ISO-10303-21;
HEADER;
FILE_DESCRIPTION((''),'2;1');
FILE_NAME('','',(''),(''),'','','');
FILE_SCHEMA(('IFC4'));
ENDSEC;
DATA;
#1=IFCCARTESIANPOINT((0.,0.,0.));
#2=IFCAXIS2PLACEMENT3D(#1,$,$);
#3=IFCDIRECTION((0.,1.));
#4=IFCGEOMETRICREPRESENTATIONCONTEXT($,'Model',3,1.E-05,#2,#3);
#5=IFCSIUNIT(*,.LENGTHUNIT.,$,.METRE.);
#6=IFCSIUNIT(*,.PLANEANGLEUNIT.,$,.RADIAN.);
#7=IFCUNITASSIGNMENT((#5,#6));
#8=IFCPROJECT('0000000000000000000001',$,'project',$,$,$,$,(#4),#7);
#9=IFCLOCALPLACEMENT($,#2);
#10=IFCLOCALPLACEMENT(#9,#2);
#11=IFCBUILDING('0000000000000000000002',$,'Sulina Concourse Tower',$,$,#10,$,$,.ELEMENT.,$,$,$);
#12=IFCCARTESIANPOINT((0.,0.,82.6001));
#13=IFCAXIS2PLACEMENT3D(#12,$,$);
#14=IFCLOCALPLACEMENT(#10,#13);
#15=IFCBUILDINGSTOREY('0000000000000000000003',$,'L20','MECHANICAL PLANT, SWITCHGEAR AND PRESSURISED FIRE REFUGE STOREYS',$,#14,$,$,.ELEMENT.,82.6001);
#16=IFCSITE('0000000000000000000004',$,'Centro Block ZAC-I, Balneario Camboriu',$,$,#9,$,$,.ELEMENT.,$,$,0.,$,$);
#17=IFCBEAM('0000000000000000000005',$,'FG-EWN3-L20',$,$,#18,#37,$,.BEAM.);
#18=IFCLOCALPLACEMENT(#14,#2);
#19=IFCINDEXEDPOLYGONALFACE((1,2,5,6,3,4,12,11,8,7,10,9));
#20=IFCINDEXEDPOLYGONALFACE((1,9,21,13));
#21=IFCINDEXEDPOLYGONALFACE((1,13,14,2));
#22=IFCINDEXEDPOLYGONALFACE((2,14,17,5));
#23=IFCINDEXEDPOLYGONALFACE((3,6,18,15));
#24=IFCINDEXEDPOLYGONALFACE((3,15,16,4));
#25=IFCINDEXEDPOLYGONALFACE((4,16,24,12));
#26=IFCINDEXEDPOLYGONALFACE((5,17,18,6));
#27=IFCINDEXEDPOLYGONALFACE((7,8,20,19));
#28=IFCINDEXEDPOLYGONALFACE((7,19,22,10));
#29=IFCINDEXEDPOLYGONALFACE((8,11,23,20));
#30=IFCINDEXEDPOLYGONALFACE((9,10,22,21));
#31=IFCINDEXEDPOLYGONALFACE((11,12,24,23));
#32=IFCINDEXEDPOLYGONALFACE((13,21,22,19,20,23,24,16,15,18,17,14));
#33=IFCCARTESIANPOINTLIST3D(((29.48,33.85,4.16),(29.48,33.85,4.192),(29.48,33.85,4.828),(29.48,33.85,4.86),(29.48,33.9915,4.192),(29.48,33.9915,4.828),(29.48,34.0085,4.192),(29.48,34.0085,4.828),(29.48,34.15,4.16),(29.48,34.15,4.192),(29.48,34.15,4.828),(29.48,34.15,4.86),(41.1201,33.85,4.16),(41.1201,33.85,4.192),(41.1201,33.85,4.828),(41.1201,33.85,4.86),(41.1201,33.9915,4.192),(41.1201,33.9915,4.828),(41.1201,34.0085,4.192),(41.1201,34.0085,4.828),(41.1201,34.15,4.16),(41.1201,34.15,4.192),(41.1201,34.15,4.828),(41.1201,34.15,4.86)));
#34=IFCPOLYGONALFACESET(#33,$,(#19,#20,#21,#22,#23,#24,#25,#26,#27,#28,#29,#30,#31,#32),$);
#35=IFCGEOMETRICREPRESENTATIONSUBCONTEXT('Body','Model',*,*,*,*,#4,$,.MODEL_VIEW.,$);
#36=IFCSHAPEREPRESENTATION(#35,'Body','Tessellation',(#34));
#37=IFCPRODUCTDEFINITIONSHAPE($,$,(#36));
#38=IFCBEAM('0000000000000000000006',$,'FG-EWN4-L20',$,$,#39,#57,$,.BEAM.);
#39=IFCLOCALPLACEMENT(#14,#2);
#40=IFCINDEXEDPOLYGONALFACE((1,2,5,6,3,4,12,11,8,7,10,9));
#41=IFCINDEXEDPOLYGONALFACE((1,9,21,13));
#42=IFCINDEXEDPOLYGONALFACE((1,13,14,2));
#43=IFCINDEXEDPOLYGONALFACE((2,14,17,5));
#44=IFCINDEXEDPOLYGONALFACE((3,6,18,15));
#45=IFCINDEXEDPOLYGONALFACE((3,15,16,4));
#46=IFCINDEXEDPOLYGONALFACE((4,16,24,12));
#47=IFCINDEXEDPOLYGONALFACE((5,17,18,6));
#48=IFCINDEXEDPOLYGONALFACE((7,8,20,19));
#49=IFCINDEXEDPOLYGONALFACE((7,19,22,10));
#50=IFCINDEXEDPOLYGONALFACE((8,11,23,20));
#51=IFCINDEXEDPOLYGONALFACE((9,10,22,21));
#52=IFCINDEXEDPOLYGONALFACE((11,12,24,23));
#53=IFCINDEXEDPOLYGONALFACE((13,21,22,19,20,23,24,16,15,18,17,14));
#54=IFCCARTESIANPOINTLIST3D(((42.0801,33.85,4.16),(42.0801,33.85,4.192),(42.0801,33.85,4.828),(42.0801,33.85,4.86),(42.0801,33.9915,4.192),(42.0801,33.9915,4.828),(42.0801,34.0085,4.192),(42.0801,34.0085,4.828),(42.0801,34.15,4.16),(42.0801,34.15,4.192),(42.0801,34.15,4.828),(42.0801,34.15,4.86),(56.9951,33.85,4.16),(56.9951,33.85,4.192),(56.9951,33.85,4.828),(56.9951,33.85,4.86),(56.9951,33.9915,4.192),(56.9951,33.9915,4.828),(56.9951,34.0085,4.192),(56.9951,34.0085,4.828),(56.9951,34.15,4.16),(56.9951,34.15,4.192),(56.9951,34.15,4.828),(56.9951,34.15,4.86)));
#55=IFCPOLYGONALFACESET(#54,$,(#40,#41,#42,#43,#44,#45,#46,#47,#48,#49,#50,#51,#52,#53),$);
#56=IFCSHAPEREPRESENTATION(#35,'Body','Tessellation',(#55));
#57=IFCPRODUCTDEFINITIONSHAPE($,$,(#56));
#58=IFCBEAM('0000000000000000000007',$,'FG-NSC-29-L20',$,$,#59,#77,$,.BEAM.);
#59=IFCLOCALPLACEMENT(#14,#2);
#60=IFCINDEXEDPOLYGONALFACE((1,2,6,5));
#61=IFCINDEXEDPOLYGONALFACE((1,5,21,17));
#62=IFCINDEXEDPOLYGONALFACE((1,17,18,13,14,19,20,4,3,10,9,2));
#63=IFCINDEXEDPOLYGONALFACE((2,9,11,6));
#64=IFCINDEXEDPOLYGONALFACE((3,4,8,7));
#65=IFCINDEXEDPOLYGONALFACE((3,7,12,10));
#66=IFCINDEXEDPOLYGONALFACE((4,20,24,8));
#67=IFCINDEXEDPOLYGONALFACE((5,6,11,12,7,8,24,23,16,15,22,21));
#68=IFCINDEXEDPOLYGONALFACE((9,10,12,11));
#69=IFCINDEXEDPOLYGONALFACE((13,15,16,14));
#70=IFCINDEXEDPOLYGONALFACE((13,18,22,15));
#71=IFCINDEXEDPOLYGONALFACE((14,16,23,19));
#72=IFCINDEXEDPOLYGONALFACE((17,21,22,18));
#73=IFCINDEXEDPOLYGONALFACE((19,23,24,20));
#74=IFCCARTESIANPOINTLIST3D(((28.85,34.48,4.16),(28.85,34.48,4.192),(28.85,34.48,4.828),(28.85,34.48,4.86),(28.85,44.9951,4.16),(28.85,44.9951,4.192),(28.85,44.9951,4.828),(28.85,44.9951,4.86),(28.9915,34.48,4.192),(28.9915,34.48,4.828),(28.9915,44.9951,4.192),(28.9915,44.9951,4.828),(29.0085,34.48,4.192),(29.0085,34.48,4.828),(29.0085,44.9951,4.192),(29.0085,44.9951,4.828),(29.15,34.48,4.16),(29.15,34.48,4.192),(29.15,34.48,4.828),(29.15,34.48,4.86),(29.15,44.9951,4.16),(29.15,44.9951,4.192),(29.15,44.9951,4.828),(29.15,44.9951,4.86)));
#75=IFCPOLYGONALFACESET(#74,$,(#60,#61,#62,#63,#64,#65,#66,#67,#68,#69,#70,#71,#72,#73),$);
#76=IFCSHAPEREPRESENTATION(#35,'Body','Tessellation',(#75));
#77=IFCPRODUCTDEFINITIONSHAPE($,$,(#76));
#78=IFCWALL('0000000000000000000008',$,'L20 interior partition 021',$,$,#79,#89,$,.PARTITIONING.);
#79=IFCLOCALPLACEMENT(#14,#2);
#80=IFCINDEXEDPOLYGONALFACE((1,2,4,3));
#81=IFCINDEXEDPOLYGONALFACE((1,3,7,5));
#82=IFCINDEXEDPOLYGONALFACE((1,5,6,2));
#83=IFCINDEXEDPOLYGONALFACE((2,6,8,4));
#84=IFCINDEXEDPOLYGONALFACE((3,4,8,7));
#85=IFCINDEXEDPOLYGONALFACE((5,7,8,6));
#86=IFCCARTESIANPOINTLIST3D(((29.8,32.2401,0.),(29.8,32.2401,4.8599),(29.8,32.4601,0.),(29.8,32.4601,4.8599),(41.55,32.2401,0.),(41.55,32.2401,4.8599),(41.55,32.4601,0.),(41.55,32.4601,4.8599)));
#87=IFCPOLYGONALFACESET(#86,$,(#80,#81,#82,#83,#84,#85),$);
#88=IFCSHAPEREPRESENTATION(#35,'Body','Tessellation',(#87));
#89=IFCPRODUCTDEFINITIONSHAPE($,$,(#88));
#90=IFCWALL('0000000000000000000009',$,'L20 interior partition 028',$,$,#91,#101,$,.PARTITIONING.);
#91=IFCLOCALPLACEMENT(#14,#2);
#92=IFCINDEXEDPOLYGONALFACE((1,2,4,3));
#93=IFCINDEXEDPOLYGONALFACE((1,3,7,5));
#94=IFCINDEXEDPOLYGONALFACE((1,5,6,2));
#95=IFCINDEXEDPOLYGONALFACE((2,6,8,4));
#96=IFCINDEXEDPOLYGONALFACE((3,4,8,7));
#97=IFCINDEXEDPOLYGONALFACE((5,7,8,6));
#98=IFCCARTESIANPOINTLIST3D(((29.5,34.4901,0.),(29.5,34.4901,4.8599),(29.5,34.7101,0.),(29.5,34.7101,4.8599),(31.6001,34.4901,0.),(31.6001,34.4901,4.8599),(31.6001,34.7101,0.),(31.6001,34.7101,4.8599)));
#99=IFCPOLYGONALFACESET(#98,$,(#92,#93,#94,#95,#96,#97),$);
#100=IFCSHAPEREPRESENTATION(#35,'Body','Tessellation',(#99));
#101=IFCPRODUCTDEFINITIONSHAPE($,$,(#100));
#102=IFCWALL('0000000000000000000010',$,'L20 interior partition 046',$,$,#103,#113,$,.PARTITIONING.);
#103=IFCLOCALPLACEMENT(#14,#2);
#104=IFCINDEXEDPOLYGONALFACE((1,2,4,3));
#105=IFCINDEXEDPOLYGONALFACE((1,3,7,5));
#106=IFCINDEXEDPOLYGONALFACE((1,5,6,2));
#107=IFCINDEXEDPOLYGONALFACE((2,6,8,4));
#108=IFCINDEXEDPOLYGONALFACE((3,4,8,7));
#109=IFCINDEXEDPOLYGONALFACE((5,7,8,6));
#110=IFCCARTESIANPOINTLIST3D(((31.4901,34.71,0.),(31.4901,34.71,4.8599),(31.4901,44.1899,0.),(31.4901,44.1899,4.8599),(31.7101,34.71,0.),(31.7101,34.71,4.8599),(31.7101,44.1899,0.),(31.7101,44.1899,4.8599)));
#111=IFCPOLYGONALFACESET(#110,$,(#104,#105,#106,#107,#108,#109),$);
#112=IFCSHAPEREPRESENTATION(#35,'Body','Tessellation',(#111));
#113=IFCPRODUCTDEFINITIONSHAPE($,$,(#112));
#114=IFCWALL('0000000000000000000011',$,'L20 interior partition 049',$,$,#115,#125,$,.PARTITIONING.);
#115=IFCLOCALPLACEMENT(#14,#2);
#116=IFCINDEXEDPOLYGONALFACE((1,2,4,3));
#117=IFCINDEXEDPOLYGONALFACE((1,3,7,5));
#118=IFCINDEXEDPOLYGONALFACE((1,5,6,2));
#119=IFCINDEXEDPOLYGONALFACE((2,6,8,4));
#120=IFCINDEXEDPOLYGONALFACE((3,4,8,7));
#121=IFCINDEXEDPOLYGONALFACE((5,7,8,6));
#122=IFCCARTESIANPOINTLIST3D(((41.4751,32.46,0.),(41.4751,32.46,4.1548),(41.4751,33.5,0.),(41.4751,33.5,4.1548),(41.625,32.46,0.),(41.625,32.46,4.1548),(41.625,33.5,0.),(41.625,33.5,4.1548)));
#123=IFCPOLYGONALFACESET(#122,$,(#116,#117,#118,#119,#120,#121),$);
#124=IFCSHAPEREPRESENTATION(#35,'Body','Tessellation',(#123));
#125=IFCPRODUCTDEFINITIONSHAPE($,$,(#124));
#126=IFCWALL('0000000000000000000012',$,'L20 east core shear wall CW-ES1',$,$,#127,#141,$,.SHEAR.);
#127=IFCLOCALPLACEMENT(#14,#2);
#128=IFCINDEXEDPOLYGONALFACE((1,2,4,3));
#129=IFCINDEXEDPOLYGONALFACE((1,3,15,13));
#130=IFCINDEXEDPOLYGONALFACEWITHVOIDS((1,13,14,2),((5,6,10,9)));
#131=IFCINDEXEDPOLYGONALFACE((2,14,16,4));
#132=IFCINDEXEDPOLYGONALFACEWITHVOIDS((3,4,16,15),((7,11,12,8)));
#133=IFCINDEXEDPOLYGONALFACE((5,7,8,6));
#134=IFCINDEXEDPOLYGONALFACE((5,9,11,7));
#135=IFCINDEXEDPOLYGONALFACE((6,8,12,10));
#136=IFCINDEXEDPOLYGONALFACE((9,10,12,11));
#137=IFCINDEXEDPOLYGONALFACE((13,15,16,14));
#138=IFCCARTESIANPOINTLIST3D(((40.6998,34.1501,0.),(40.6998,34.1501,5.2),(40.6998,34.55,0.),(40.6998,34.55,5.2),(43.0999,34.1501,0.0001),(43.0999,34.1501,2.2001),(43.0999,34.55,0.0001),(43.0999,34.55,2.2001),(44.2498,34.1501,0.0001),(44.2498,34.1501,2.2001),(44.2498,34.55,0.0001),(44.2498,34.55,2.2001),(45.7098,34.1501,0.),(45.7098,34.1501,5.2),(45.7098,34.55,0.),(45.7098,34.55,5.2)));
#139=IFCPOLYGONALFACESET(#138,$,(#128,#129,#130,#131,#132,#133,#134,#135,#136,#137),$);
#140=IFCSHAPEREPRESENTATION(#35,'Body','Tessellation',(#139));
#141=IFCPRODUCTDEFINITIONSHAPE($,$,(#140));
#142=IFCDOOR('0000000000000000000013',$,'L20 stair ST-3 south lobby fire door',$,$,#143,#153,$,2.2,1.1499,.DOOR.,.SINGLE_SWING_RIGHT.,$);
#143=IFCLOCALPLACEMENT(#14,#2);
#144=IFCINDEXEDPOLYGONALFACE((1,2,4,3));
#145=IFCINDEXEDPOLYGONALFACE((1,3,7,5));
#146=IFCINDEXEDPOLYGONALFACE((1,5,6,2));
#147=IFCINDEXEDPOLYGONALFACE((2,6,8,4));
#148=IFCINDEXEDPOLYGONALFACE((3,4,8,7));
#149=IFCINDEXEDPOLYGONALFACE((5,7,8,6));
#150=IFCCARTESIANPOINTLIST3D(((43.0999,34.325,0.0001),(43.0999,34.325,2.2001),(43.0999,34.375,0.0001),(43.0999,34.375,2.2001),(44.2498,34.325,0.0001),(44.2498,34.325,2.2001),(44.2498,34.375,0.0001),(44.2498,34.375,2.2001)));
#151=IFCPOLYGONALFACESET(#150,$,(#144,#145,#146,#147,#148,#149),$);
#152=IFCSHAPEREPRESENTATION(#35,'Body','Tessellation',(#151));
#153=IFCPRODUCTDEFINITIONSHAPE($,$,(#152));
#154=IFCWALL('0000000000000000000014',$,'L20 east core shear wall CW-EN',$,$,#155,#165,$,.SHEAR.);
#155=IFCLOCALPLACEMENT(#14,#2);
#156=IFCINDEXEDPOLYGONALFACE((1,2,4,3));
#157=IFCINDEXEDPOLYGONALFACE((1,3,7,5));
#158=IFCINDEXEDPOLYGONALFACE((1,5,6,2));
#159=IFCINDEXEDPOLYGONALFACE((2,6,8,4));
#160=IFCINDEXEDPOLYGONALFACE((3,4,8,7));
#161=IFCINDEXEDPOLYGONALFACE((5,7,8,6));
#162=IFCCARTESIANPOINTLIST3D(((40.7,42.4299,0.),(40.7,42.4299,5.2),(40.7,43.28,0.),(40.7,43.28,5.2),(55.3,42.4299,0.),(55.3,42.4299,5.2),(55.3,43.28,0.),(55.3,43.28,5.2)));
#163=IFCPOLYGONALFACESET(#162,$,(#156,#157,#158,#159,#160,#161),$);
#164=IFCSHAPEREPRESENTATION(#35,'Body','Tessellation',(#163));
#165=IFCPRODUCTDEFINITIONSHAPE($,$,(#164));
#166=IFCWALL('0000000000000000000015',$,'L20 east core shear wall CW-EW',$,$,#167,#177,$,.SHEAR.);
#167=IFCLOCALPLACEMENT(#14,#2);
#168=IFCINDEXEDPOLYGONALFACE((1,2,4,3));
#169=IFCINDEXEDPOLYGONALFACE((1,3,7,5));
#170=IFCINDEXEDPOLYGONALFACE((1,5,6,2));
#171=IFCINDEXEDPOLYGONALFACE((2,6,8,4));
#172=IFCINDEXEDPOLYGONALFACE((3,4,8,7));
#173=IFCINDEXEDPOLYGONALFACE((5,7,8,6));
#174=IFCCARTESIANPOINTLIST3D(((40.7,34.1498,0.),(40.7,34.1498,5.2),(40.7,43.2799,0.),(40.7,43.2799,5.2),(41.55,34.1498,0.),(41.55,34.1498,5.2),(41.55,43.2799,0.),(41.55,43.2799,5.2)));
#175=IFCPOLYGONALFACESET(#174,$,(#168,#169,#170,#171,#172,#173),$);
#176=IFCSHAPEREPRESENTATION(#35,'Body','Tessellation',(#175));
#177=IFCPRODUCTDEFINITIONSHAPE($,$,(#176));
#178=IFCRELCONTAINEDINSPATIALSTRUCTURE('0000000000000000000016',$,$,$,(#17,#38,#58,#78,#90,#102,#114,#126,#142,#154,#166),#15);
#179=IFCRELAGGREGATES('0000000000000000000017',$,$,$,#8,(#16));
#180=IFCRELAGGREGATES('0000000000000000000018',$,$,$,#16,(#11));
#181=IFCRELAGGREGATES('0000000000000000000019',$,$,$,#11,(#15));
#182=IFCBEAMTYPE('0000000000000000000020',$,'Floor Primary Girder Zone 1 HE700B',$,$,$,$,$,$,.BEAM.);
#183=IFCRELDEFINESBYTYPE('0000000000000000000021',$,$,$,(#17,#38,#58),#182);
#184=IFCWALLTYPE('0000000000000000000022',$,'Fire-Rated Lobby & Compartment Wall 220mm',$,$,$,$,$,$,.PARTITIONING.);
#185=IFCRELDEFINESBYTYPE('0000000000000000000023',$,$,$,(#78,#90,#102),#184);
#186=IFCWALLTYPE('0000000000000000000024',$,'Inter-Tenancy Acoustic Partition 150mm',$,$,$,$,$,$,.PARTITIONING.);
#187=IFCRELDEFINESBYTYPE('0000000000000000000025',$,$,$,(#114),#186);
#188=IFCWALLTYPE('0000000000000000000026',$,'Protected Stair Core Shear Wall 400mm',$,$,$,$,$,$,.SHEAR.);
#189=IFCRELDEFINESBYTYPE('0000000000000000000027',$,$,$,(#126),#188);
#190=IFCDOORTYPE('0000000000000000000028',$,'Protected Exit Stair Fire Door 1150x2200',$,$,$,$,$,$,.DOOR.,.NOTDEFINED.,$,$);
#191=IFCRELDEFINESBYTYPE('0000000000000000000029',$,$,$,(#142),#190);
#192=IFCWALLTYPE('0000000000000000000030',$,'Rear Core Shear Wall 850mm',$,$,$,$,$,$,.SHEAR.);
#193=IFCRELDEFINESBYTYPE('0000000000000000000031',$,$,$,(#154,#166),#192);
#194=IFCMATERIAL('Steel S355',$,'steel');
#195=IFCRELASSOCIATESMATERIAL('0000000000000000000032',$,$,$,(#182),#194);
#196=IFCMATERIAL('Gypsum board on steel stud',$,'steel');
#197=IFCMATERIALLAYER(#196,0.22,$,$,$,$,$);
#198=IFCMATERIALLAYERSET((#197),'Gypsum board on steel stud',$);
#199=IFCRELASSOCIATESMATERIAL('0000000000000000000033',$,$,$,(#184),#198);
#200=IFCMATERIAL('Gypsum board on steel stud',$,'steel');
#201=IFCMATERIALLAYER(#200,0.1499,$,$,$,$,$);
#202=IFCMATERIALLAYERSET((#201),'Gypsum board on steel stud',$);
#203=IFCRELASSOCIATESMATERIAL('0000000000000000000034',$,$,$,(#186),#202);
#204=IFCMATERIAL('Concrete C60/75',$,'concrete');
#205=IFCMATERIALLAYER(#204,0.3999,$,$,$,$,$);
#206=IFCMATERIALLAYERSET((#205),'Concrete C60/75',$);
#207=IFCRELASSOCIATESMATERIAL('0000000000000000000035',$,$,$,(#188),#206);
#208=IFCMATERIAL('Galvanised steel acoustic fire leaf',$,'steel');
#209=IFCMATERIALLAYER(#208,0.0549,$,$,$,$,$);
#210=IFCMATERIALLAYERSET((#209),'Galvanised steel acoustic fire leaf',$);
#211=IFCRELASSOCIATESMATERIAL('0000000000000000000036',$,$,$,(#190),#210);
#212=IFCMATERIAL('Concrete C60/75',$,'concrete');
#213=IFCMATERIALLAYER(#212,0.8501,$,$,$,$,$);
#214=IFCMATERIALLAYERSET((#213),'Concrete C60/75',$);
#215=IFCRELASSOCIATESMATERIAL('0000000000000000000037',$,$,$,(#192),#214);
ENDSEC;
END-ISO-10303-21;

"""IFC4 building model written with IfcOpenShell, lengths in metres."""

from ifc_helpers import new_model, si_unit, direction, frame, frame_2d, origin, origin_2d, place, context, subcontext, project, spatial, rectangle, i_section, extrude, material, layer, layer_set, material_profile, profile_set, type_object, element, fill, save


model = new_model("IFC4")

# Units and contexts
model_context = context("Model", 3, precision=1e-05, world=origin(), true_north=direction((0.0, 1.0)))
body_context = subcontext(model_context, "Body", "Model", "MODEL_VIEW")
ifc_project = project(units=[si_unit("LENGTHUNIT", "METRE"), si_unit("PLANEANGLEUNIT", "RADIAN")], contexts=[model_context])

# Site, building, storey
site_placement = place(None, origin())
site = spatial("IfcSite", under=ifc_project, at=site_placement, Name="Centro Block ZAC-I, Balneario Camboriu", CompositionType="ELEMENT", RefElevation=0.0)
building_placement = place(site_placement, origin())
building = spatial("IfcBuilding", under=site, at=building_placement, Name="Sulina Concourse Tower", CompositionType="ELEMENT")
storey_placement = place(building_placement, frame((0.0, 0.0, 82.6001)))
storey = spatial("IfcBuildingStorey", under=building, at=storey_placement, Name="L20", Description="MECHANICAL PLANT, SWITCHGEAR AND PRESSURISED FIRE REFUGE STOREYS", CompositionType="ELEMENT", Elevation=82.6001)

# Beams
ifc_material_1 = material(Name="Steel S355", Category="steel")
ifc_material_profile_1 = material_profile(ifc_material_1, i_section(OverallWidth=0.3, OverallDepth=0.7, WebThickness=0.0171, FlangeThickness=0.032, at=origin_2d()), Name="HE 700 B")
ifc_profile_set_1 = profile_set([ifc_material_profile_1], Name="Steel S355")
beam_type_1 = type_object("IfcBeamType", Name="Floor Primary Girder Zone 1 HE700B", PredefinedType="BEAM", material=ifc_profile_set_1)
beam_1_placement = place(storey_placement, frame((29.48, 34.0, 4.51), z_axis=(1.0, 0.0, 0.0), x_axis=(0.0, 1.0, 0.0)))
element("IfcBeam", 1, at=beam_1_placement, inside=storey, type_object=beam_type_1, Name="FG-EWN3-L20", PredefinedType="BEAM", context=body_context, shape_type="SweptSolid", body=[
    extrude(i_section(OverallWidth=0.3, OverallDepth=0.7, WebThickness=0.0171, FlangeThickness=0.032, at=origin_2d()), origin(), (0.0, 0.0, 1.0), 11.6401),
])
beam_2_placement = place(storey_placement, frame((42.0801, 34.0, 4.51), z_axis=(1.0, 0.0, 0.0), x_axis=(0.0, 1.0, 0.0)))
element("IfcBeam", 2, at=beam_2_placement, inside=storey, type_object=beam_type_1, Name="FG-EWN4-L20", PredefinedType="BEAM", context=body_context, shape_type="SweptSolid", body=[
    extrude(i_section(OverallWidth=0.3, OverallDepth=0.7, WebThickness=0.0171, FlangeThickness=0.032, at=origin_2d()), origin(), (0.0, 0.0, 1.0), 14.915),
])
beam_3_placement = place(storey_placement, frame((29.0, 34.48, 4.51), z_axis=(0.0, 1.0, 0.0), x_axis=(-1.0, 0.0, 0.0)))
element("IfcBeam", 3, at=beam_3_placement, inside=storey, type_object=beam_type_1, Name="FG-NSC-29-L20", PredefinedType="BEAM", context=body_context, shape_type="SweptSolid", body=[
    extrude(i_section(OverallWidth=0.3, OverallDepth=0.7, WebThickness=0.0171, FlangeThickness=0.032, at=origin_2d()), origin(), (0.0, 0.0, 1.0), 10.5151),
])

# Walls
ifc_material_2 = material(Name="Gypsum board on steel stud", Category="steel")
ifc_layer_1 = layer(ifc_material_2, 0.22)
ifc_layer_set_1 = layer_set([ifc_layer_1], Name="Gypsum board on steel stud")
wall_type_1 = type_object("IfcWallType", Name="Fire-Rated Lobby & Compartment Wall 220mm", PredefinedType="PARTITIONING", material=ifc_layer_set_1)
wall_1_placement = place(storey_placement, frame((29.8, 32.3501, 0.0), z_axis=(0.0, 0.0, 1.0), x_axis=(1.0, 0.0, 0.0)))
element("IfcWall", 4, at=wall_1_placement, inside=storey, type_object=wall_type_1, Name="L20 interior partition 021", PredefinedType="PARTITIONING", context=body_context, shape_type="SweptSolid", body=[
    extrude(rectangle(XDim=11.75, YDim=0.22, at=frame_2d((5.875, 0.0))), origin(), (0.0, 0.0, 1.0), 4.8599),
])
wall_2_placement = place(storey_placement, frame((29.5, 34.6001, 0.0), z_axis=(0.0, 0.0, 1.0), x_axis=(1.0, 0.0, 0.0)))
element("IfcWall", 5, at=wall_2_placement, inside=storey, type_object=wall_type_1, Name="L20 interior partition 028", PredefinedType="PARTITIONING", context=body_context, shape_type="SweptSolid", body=[
    extrude(rectangle(XDim=2.1001, YDim=0.22, at=frame_2d((1.05, 0.0))), origin(), (0.0, 0.0, 1.0), 4.8599),
])
wall_3_placement = place(storey_placement, frame((31.6001, 34.71, 0.0), z_axis=(0.0, 0.0, 1.0), x_axis=(0.0, 1.0, 0.0)))
element("IfcWall", 6, at=wall_3_placement, inside=storey, type_object=wall_type_1, Name="L20 interior partition 046", PredefinedType="PARTITIONING", context=body_context, shape_type="SweptSolid", body=[
    extrude(rectangle(XDim=9.48, YDim=0.22, at=frame_2d((4.74, 0.0))), origin(), (0.0, 0.0, 1.0), 4.8599),
])
ifc_material_3 = material(Name="Gypsum board on steel stud", Category="steel")
ifc_layer_2 = layer(ifc_material_3, 0.1499)
ifc_layer_set_2 = layer_set([ifc_layer_2], Name="Gypsum board on steel stud")
wall_type_2 = type_object("IfcWallType", Name="Inter-Tenancy Acoustic Partition 150mm", PredefinedType="PARTITIONING", material=ifc_layer_set_2)
wall_4_placement = place(storey_placement, frame((41.55, 32.46, 0.0), z_axis=(0.0, 0.0, 1.0), x_axis=(0.0, 1.0, 0.0)))
element("IfcWall", 7, at=wall_4_placement, inside=storey, type_object=wall_type_2, Name="L20 interior partition 049", PredefinedType="PARTITIONING", context=body_context, shape_type="SweptSolid", body=[
    extrude(rectangle(XDim=1.04, YDim=0.1499, at=frame_2d((0.52, 0.0))), origin(), (0.0, 0.0, 1.0), 4.1548),
])

# Wall, opening, door
ifc_material_4 = material(Name="Concrete C60/75", Category="concrete")
ifc_layer_3 = layer(ifc_material_4, 0.3999)
ifc_layer_set_3 = layer_set([ifc_layer_3], Name="Concrete C60/75")
wall_type_3 = type_object("IfcWallType", Name="Protected Stair Core Shear Wall 400mm", PredefinedType="SHEAR", material=ifc_layer_set_3)
wall_5_placement = place(storey_placement, frame((40.7, 34.3501, 0.0), z_axis=(0.0, 0.0, 1.0), x_axis=(1.0, 0.0, 0.0)))
wall_5 = element("IfcWall", 8, at=wall_5_placement, inside=storey, type_object=wall_type_3, Name="L20 east core shear wall CW-ES1", PredefinedType="SHEAR", context=body_context, shape_type="SweptSolid", body=[
    extrude(rectangle(XDim=5.01, YDim=0.3999, at=frame_2d((2.5049, 0.0))), origin(), (0.0, 0.0, 1.0), 5.2),
])
opening_placement = place(wall_5_placement, frame((2.3999, 0.0, 0.0)))
opening = element("IfcOpeningElement", 9, at=opening_placement, cuts=wall_5, PredefinedType="OPENING", context=body_context, shape_type="SweptSolid", body=[
    extrude(rectangle(XDim=1.1499, YDim=2.2, at=frame_2d((0.575, 1.1001))), frame((0.0, 0.21, 0.0), z_axis=(0.0, -1.0, 0.0), x_axis=(1.0, 0.0, 0.0)), (0.0, 0.0, 1.0), 0.4199),
])
ifc_material_5 = material(Name="Galvanised steel acoustic fire leaf", Category="steel")
ifc_layer_4 = layer(ifc_material_5, 0.0549)
ifc_layer_set_4 = layer_set([ifc_layer_4], Name="Galvanised steel acoustic fire leaf")
door_type = type_object("IfcDoorType", Name="Protected Exit Stair Fire Door 1150x2200", OperationType="NOTDEFINED", PredefinedType="DOOR", material=ifc_layer_set_4)
door_placement = place(opening_placement, origin())
door = element("IfcDoor", 10, at=door_placement, inside=storey, type_object=door_type, Name="L20 stair ST-3 south lobby fire door", OperationType="SINGLE_SWING_RIGHT", OverallHeight=2.2, OverallWidth=1.1499, PredefinedType="DOOR", context=body_context, shape_type="SweptSolid", body=[
    extrude(rectangle(XDim=1.1499, YDim=2.2, at=frame_2d((0.575, 1.1001))), frame((0.0, 0.0249, 0.0), z_axis=(0.0, -1.0, 0.0), x_axis=(1.0, 0.0, 0.0)), (0.0, 0.0, 1.0), 0.05),
])
fill(opening, door)

# Walls
ifc_material_6 = material(Name="Concrete C60/75", Category="concrete")
ifc_layer_5 = layer(ifc_material_6, 0.8501)
ifc_layer_set_5 = layer_set([ifc_layer_5], Name="Concrete C60/75")
wall_type_4 = type_object("IfcWallType", Name="Rear Core Shear Wall 850mm", PredefinedType="SHEAR", material=ifc_layer_set_5)
wall_6_placement = place(storey_placement, frame((40.7, 42.855, 0.0), z_axis=(0.0, 0.0, 1.0), x_axis=(1.0, 0.0, 0.0)))
element("IfcWall", 11, at=wall_6_placement, inside=storey, type_object=wall_type_4, Name="L20 east core shear wall CW-EN", PredefinedType="SHEAR", context=body_context, shape_type="SweptSolid", body=[
    extrude(rectangle(XDim=14.6001, YDim=0.8501, at=frame_2d((7.3, 0.0))), origin(), (0.0, 0.0, 1.0), 5.2),
])
wall_7_placement = place(storey_placement, frame((41.125, 34.1499, 0.0), z_axis=(0.0, 0.0, 1.0), x_axis=(0.0, 1.0, 0.0)))
element("IfcWall", 12, at=wall_7_placement, inside=storey, type_object=wall_type_4, Name="L20 east core shear wall CW-EW", PredefinedType="SHEAR", context=body_context, shape_type="SweptSolid", body=[
    extrude(rectangle(XDim=9.1301, YDim=0.8501, at=frame_2d((4.5649, 0.0))), origin(), (0.0, 0.0, 1.0), 5.2),
])

save(model, "model.ifc")
